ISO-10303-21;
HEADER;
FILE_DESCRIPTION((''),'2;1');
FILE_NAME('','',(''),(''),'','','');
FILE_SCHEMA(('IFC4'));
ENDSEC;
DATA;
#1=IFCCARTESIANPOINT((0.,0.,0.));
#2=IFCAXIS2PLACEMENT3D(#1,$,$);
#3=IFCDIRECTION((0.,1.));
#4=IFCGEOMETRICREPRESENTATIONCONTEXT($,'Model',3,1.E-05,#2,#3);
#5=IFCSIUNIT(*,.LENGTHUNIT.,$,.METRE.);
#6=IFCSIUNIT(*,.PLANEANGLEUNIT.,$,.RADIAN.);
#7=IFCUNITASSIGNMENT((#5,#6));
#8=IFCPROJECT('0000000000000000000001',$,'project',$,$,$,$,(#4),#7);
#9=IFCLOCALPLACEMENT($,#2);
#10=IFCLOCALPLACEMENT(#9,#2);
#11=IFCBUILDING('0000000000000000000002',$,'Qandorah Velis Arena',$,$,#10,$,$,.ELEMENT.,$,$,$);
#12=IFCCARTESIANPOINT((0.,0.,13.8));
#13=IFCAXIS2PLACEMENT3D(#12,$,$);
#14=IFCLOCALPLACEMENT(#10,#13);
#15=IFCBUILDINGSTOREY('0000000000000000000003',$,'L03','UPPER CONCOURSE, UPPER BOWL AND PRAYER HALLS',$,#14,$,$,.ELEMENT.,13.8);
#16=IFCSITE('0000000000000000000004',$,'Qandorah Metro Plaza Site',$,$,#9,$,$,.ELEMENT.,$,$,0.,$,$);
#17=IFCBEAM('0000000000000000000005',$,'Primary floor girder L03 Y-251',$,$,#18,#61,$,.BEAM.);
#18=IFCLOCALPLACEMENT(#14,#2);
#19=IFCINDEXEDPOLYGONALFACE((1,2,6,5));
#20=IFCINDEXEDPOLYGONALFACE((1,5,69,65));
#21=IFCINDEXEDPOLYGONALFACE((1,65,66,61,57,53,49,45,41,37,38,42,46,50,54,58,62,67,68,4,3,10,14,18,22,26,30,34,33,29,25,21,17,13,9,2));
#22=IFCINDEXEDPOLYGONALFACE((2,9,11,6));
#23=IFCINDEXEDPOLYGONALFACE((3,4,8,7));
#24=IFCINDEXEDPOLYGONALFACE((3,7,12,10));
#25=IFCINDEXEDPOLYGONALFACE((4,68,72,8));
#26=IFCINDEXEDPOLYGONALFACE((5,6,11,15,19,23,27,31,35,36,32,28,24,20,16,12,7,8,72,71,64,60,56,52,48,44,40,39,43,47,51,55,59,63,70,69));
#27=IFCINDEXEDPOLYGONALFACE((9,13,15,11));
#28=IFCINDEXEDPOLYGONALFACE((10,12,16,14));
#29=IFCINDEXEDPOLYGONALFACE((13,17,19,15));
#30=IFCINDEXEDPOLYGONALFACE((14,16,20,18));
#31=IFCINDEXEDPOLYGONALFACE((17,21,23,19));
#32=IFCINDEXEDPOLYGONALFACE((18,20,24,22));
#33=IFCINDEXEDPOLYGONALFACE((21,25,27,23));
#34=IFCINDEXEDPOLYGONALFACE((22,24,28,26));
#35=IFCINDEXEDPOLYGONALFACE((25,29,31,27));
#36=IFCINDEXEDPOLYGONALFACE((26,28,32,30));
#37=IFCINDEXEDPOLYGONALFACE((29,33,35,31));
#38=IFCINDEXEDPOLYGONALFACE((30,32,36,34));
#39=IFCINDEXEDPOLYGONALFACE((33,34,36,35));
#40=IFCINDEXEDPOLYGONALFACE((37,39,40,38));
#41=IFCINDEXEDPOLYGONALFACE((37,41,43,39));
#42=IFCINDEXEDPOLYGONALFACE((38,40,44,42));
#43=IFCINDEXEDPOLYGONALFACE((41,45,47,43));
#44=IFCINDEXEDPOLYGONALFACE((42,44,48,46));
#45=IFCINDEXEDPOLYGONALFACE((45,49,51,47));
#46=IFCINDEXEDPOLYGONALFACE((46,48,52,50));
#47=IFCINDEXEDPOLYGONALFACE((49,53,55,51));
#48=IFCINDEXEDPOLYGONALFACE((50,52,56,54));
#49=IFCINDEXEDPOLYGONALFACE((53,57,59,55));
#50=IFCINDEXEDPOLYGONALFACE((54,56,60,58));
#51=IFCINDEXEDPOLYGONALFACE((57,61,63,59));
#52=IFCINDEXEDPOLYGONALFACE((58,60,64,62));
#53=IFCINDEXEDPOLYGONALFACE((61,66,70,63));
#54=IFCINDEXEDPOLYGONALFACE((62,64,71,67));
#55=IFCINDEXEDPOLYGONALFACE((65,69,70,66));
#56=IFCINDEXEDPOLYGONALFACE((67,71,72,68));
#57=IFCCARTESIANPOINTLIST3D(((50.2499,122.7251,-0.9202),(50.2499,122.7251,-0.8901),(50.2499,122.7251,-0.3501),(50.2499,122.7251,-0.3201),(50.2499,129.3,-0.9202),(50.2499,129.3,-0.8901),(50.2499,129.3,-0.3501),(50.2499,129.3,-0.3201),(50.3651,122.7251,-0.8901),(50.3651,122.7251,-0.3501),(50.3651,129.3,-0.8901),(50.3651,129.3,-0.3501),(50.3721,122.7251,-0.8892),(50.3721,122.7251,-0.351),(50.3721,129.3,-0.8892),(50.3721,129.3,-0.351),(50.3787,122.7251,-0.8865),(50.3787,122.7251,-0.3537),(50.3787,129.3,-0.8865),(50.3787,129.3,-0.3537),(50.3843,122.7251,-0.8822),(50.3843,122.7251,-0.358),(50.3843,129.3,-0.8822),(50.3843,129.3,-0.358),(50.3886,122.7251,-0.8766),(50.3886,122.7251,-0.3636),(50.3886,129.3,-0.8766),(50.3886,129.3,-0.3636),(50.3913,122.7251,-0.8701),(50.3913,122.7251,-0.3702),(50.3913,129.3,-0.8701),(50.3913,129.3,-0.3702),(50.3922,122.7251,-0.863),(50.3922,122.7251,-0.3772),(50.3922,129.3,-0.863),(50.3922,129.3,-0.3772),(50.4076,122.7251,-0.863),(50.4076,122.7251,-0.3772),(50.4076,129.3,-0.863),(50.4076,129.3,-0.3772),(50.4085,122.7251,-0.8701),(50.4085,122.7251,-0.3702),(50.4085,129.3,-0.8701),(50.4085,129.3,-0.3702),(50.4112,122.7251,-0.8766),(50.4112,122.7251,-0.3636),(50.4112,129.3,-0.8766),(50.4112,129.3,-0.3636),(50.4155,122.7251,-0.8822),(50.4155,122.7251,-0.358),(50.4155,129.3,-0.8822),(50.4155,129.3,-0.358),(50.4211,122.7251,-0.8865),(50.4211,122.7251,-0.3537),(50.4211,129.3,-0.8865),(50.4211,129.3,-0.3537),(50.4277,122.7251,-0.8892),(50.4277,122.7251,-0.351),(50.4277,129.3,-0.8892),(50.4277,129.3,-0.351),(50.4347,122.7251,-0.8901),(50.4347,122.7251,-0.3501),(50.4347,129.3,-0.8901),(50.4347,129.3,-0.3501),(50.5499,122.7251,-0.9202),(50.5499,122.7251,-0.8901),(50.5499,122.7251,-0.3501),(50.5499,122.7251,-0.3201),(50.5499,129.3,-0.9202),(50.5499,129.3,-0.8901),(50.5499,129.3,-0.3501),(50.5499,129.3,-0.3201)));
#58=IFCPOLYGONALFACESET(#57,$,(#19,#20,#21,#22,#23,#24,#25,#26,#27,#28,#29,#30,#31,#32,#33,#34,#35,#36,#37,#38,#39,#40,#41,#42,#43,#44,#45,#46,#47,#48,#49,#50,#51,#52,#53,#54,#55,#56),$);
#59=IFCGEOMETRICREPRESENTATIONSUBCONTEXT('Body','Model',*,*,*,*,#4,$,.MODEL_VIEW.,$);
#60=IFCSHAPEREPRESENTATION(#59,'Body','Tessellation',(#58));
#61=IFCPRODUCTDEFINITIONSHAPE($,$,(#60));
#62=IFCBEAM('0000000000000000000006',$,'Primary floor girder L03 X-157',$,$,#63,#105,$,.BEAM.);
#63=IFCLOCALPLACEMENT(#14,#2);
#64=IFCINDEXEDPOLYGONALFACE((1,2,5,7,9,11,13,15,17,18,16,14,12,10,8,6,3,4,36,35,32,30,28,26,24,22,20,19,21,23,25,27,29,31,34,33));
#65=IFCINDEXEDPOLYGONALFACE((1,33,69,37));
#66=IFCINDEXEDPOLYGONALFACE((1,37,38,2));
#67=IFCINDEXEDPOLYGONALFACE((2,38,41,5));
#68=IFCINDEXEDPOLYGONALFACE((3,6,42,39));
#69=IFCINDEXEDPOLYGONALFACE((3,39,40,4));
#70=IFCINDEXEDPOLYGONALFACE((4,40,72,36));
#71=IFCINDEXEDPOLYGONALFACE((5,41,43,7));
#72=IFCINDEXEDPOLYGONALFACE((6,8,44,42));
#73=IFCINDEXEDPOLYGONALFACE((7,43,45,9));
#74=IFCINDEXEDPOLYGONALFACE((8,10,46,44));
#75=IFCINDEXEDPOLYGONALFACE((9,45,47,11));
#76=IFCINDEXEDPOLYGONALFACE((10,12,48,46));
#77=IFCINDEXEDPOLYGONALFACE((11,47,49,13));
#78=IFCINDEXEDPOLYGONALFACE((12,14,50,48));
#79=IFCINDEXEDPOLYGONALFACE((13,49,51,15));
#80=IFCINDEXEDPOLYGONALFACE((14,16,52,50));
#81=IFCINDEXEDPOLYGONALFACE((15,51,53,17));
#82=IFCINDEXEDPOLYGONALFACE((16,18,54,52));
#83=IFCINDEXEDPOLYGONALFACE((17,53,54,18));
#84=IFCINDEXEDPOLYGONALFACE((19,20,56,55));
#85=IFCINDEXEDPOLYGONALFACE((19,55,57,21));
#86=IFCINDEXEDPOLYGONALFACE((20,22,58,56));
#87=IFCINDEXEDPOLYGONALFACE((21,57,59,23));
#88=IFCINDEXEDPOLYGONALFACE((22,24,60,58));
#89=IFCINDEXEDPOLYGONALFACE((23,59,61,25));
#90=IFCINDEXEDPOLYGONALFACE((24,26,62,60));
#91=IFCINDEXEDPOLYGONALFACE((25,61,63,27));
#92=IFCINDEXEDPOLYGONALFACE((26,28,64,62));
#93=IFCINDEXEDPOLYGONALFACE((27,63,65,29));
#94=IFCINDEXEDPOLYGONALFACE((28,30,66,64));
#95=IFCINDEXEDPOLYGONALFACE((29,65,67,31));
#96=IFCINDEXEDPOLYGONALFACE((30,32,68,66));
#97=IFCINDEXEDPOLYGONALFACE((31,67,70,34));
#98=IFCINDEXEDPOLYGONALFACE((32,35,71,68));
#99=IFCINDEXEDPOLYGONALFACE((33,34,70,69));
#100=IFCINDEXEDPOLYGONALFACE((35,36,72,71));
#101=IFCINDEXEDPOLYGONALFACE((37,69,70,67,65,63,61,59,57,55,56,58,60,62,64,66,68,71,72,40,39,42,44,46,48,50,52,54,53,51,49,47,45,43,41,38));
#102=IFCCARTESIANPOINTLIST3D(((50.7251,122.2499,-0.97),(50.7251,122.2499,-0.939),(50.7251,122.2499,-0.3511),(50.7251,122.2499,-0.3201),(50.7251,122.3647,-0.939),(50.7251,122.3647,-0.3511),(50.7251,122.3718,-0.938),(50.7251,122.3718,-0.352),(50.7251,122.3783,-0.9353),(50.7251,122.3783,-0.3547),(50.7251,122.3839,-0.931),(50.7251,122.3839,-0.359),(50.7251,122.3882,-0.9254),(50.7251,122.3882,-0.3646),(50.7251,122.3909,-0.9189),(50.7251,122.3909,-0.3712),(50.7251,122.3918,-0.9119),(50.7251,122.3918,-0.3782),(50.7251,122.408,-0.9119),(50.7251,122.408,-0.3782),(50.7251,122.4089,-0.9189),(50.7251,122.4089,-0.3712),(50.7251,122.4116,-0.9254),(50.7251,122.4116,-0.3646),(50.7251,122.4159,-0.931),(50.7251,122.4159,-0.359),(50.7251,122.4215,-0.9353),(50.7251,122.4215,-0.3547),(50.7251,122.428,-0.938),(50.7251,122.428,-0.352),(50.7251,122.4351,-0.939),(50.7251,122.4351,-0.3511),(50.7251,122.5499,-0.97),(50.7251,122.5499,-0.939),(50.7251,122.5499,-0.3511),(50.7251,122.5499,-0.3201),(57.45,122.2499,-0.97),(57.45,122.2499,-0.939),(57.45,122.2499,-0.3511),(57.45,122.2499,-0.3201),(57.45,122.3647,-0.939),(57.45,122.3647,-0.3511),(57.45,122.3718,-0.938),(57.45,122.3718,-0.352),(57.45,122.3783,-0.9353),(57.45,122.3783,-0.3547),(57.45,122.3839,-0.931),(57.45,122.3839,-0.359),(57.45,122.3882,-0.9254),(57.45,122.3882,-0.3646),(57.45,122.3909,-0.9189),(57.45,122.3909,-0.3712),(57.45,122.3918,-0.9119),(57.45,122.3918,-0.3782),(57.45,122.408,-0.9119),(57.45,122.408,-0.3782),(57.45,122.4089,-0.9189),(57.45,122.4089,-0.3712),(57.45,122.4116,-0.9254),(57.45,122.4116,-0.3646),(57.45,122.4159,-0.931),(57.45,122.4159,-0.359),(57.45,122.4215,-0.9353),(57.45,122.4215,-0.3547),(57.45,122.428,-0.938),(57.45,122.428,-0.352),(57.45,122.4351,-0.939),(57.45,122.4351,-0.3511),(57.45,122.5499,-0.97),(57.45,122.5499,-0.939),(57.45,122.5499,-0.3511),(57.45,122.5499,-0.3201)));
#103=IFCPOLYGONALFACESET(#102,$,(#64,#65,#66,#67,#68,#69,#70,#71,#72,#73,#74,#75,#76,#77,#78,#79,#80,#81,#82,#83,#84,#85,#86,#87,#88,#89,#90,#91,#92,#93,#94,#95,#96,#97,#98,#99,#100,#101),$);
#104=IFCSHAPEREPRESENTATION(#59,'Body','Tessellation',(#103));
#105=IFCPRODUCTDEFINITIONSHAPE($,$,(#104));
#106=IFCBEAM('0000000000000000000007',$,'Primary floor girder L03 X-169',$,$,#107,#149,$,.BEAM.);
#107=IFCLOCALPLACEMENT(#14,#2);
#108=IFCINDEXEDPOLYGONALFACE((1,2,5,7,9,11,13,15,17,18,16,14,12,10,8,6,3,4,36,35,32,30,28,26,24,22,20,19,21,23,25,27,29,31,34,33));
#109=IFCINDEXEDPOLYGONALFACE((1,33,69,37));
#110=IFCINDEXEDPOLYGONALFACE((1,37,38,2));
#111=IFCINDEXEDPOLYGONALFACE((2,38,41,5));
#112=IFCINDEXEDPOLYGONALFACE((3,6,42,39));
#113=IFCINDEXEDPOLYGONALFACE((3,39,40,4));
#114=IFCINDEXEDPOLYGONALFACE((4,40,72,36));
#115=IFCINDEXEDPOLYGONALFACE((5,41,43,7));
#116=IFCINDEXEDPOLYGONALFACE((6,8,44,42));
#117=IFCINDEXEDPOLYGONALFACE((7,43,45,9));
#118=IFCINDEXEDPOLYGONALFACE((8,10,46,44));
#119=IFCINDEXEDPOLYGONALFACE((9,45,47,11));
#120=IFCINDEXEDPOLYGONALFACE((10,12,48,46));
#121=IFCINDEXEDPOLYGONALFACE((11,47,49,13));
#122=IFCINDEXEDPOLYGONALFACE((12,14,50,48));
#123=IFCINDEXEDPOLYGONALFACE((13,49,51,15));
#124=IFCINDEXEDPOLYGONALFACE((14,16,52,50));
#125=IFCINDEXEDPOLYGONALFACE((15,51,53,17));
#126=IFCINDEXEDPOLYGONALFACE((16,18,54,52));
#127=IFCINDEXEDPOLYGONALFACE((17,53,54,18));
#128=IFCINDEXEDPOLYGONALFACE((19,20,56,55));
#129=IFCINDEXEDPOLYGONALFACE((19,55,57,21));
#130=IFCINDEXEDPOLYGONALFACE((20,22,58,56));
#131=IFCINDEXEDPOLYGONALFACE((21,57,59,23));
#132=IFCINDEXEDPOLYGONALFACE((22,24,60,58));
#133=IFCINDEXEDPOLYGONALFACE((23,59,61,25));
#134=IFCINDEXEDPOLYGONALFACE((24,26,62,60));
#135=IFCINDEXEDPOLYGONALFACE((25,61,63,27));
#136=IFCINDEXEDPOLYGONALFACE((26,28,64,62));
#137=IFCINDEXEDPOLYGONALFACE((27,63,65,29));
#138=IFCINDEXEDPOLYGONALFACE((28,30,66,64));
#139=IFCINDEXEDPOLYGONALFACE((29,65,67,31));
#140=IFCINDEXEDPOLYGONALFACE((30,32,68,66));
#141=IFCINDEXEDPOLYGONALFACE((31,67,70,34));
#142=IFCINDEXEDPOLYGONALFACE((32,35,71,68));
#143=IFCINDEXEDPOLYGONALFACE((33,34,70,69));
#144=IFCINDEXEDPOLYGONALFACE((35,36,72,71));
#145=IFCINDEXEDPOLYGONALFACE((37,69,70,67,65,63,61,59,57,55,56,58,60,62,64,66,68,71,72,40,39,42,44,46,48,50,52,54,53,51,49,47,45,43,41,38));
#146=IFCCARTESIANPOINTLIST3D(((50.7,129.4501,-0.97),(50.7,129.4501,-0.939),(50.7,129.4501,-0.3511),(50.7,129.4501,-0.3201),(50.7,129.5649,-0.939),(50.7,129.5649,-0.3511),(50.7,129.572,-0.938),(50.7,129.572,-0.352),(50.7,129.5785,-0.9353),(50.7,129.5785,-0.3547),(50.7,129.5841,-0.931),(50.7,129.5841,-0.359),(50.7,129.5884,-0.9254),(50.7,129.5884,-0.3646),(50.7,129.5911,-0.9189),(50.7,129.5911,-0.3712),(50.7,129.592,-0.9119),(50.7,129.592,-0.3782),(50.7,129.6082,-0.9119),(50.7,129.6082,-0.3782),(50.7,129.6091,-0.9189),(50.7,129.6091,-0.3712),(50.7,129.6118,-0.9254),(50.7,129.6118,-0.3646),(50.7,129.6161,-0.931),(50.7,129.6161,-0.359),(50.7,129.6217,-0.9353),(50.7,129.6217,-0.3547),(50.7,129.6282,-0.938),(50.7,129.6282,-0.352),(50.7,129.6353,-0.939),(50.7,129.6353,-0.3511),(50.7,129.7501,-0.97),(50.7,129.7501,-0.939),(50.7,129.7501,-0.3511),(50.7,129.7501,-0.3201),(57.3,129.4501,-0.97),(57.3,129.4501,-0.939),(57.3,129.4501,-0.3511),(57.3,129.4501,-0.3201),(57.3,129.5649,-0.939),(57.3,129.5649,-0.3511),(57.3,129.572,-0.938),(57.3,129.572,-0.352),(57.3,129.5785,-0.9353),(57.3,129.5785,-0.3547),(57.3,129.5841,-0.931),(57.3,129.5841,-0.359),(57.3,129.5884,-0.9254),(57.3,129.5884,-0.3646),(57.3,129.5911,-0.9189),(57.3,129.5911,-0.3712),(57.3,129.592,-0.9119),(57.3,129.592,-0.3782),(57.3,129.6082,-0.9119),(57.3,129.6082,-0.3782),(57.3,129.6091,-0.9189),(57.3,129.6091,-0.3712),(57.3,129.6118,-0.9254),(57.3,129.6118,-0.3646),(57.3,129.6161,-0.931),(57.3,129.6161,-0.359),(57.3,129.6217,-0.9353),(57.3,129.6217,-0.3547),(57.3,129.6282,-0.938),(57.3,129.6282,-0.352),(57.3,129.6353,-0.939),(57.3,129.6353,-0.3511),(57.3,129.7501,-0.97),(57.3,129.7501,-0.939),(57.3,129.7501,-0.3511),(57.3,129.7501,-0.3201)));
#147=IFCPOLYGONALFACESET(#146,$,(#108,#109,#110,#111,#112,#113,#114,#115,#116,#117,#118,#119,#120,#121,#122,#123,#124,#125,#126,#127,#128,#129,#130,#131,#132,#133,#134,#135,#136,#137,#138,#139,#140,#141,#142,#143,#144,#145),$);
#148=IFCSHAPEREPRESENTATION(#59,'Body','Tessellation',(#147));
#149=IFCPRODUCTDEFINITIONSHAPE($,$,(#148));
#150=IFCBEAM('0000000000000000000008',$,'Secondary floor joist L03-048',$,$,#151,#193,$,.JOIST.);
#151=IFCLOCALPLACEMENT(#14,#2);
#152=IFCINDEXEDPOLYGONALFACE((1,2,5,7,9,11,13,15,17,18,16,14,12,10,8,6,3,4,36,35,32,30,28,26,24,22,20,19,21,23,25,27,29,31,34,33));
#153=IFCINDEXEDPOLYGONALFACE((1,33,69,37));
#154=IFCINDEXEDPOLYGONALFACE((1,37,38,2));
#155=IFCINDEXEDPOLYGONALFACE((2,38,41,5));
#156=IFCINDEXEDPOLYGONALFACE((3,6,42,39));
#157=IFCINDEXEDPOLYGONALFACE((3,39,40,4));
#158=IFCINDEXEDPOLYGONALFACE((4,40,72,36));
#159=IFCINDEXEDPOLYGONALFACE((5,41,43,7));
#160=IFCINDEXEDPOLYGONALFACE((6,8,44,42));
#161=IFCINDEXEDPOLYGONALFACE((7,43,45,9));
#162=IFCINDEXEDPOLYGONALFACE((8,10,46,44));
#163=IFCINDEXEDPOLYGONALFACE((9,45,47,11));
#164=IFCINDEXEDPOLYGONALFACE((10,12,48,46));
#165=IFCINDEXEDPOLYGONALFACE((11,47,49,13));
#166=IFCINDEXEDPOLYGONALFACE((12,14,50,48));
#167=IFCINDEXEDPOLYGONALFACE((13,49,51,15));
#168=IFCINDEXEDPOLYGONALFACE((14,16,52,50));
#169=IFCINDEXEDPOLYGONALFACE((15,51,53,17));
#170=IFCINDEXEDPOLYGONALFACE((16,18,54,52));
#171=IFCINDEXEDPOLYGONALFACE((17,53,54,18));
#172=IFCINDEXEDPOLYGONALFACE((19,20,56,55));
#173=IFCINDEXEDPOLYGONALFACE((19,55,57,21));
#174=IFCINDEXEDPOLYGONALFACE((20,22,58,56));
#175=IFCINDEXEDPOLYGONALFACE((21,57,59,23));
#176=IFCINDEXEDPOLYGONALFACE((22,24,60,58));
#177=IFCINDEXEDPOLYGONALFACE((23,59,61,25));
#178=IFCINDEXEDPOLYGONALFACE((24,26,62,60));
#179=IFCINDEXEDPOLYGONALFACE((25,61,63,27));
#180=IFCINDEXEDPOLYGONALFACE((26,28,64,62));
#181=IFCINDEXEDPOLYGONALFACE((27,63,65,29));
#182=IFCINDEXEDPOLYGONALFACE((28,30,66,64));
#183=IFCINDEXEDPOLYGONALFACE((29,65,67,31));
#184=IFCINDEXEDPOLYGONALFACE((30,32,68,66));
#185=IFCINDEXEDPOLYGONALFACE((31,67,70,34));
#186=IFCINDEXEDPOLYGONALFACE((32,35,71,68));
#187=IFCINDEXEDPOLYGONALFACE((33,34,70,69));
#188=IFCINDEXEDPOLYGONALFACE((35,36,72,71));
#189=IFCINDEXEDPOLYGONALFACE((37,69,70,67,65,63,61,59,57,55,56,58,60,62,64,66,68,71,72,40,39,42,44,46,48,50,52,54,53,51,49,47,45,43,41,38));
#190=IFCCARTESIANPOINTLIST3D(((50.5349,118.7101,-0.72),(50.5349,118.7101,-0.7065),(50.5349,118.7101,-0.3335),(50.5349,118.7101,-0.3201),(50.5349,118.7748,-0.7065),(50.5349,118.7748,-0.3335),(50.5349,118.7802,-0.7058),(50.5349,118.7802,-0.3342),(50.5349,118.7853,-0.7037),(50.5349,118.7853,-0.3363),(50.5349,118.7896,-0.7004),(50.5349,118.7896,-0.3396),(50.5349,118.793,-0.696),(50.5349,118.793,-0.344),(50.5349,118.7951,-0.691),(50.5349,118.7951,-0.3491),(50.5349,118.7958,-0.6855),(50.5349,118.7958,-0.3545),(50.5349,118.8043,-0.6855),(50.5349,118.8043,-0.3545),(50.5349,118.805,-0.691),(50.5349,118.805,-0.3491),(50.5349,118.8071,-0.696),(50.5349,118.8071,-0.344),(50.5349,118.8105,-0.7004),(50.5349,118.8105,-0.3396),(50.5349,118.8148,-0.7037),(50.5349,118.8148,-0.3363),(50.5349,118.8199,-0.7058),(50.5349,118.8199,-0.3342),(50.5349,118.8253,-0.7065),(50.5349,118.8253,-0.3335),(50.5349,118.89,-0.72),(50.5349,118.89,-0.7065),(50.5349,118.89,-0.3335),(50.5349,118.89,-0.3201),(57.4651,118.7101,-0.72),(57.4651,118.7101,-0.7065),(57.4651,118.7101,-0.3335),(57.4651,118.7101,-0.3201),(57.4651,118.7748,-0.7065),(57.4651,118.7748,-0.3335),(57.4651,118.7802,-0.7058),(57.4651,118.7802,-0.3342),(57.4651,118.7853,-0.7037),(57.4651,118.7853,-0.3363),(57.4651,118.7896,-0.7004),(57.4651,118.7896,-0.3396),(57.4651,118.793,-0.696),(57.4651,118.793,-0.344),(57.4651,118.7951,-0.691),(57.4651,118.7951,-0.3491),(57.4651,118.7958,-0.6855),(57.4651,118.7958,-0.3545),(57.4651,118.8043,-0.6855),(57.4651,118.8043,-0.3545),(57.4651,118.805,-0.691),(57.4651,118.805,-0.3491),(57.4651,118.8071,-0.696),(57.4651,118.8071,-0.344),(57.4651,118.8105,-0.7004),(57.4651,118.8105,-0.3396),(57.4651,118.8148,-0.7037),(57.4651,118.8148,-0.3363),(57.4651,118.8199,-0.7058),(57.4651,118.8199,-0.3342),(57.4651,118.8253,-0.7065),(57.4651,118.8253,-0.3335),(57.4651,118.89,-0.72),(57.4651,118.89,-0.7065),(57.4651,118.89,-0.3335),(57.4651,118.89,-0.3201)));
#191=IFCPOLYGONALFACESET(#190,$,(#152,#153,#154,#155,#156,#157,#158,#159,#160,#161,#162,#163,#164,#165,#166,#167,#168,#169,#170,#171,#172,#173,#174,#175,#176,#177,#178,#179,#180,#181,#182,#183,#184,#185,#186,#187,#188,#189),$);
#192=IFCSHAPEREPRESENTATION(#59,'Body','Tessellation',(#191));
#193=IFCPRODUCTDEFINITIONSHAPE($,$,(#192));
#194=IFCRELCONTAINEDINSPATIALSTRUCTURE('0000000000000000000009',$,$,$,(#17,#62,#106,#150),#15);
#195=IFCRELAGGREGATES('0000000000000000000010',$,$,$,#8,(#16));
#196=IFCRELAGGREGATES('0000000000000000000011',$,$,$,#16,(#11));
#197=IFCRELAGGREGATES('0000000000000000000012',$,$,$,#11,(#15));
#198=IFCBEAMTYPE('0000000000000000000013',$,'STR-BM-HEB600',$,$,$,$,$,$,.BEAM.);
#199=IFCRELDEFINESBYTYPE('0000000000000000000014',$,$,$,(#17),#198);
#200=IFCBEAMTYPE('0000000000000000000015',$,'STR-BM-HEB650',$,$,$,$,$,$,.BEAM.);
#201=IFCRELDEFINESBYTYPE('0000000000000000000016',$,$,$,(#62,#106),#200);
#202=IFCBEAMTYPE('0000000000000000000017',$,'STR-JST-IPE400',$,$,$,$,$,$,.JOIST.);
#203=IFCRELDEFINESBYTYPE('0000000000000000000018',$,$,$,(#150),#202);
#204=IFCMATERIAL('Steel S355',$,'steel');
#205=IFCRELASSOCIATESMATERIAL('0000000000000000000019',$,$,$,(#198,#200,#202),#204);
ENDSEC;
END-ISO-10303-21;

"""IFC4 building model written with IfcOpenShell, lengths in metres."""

from ifc_helpers import new_model, si_unit, direction, frame, origin, origin_2d, place, context, subcontext, project, spatial, i_section, extrude, material, material_profile, profile_set, type_object, element, save


model = new_model("IFC4")

# Units and contexts
model_context = context("Model", 3, precision=1e-05, world=origin(), true_north=direction((0.0, 1.0)))
body_context = subcontext(model_context, "Body", "Model", "MODEL_VIEW")
ifc_project = project(units=[si_unit("LENGTHUNIT", "METRE"), si_unit("PLANEANGLEUNIT", "RADIAN")], contexts=[model_context])

# Site, building, storey
site_placement = place(None, origin())
site = spatial("IfcSite", under=ifc_project, at=site_placement, Name="Qandorah Metro Plaza Site", CompositionType="ELEMENT", RefElevation=0.0)
building_placement = place(site_placement, origin())
building = spatial("IfcBuilding", under=site, at=building_placement, Name="Qandorah Velis Arena", CompositionType="ELEMENT")
storey_placement = place(building_placement, frame((0.0, 0.0, 13.8)))
storey = spatial("IfcBuildingStorey", under=building, at=storey_placement, Name="L03", Description="UPPER CONCOURSE, UPPER BOWL AND PRAYER HALLS", CompositionType="ELEMENT", Elevation=13.8)

# Beams
ifc_material_1 = material(Name="Steel S355", Category="steel")
ifc_material_profile_1 = material_profile(ifc_material_1, i_section(OverallWidth=0.3, OverallDepth=0.6001, WebThickness=0.0154, FlangeThickness=0.03, FilletRadius=0.0271, at=origin_2d()), Name="HEB 600")
ifc_profile_set_1 = profile_set([ifc_material_profile_1], Name="Steel S355")
beam_type_1 = type_object("IfcBeamType", Name="STR-BM-HEB600", PredefinedType="BEAM", material=ifc_profile_set_1)
beam_1_placement = place(storey_placement, frame((50.3999, 122.7251, -0.6201), z_axis=(0.0, 1.0, 0.0), x_axis=(-1.0, 0.0, 0.0)))
element("IfcBeam", 1, at=beam_1_placement, inside=storey, type_object=beam_type_1, Name="Primary floor girder L03 Y-251", PredefinedType="BEAM", context=body_context, shape_type="SweptSolid", body=[
    extrude(i_section(OverallWidth=0.3, OverallDepth=0.6001, WebThickness=0.0154, FlangeThickness=0.03, FilletRadius=0.0271, at=origin_2d()), origin(), (0.0, 0.0, 1.0), 6.575),
])
ifc_material_profile_2 = material_profile(ifc_material_1, i_section(OverallWidth=0.3, OverallDepth=0.6499, WebThickness=0.0161, FlangeThickness=0.031, FilletRadius=0.0271, at=origin_2d()), Name="HEB 650")
ifc_profile_set_2 = profile_set([ifc_material_profile_2], Name="Steel S355")
beam_type_2 = type_object("IfcBeamType", Name="STR-BM-HEB650", PredefinedType="BEAM", material=ifc_profile_set_2)
beam_2_placement = place(storey_placement, frame((50.7251, 122.3999, -0.645), z_axis=(1.0, 0.0, 0.0), x_axis=(0.0, 1.0, 0.0)))
element("IfcBeam", 2, at=beam_2_placement, inside=storey, type_object=beam_type_2, Name="Primary floor girder L03 X-157", PredefinedType="BEAM", context=body_context, shape_type="SweptSolid", body=[
    extrude(i_section(OverallWidth=0.3, OverallDepth=0.6499, WebThickness=0.0161, FlangeThickness=0.031, FilletRadius=0.0271, at=origin_2d()), origin(), (0.0, 0.0, 1.0), 6.7249),
])
beam_3_placement = place(storey_placement, frame((50.7, 129.6001, -0.645), z_axis=(1.0, 0.0, 0.0), x_axis=(0.0, 1.0, 0.0)))
element("IfcBeam", 3, at=beam_3_placement, inside=storey, type_object=beam_type_2, Name="Primary floor girder L03 X-169", PredefinedType="BEAM", context=body_context, shape_type="SweptSolid", body=[
    extrude(i_section(OverallWidth=0.3, OverallDepth=0.6499, WebThickness=0.0161, FlangeThickness=0.031, FilletRadius=0.0271, at=origin_2d()), origin(), (0.0, 0.0, 1.0), 6.6001),
])
ifc_material_profile_3 = material_profile(ifc_material_1, i_section(OverallWidth=0.1799, OverallDepth=0.3999, WebThickness=0.0085, FlangeThickness=0.0134, FilletRadius=0.021, at=origin_2d()), Name="IPE 400")
ifc_profile_set_3 = profile_set([ifc_material_profile_3], Name="Steel S355")
beam_type_3 = type_object("IfcBeamType", Name="STR-JST-IPE400", PredefinedType="JOIST", material=ifc_profile_set_3)
beam_4_placement = place(storey_placement, frame((50.5349, 118.8, -0.52), z_axis=(1.0, 0.0, 0.0), x_axis=(0.0, 1.0, 0.0)))
element("IfcBeam", 4, at=beam_4_placement, inside=storey, type_object=beam_type_3, Name="Secondary floor joist L03-048", PredefinedType="JOIST", context=body_context, shape_type="SweptSolid", body=[
    extrude(i_section(OverallWidth=0.1799, OverallDepth=0.3999, WebThickness=0.0085, FlangeThickness=0.0134, FilletRadius=0.021, at=origin_2d()), origin(), (0.0, 0.0, 1.0), 6.9302),
])

save(model, "model.ifc")
